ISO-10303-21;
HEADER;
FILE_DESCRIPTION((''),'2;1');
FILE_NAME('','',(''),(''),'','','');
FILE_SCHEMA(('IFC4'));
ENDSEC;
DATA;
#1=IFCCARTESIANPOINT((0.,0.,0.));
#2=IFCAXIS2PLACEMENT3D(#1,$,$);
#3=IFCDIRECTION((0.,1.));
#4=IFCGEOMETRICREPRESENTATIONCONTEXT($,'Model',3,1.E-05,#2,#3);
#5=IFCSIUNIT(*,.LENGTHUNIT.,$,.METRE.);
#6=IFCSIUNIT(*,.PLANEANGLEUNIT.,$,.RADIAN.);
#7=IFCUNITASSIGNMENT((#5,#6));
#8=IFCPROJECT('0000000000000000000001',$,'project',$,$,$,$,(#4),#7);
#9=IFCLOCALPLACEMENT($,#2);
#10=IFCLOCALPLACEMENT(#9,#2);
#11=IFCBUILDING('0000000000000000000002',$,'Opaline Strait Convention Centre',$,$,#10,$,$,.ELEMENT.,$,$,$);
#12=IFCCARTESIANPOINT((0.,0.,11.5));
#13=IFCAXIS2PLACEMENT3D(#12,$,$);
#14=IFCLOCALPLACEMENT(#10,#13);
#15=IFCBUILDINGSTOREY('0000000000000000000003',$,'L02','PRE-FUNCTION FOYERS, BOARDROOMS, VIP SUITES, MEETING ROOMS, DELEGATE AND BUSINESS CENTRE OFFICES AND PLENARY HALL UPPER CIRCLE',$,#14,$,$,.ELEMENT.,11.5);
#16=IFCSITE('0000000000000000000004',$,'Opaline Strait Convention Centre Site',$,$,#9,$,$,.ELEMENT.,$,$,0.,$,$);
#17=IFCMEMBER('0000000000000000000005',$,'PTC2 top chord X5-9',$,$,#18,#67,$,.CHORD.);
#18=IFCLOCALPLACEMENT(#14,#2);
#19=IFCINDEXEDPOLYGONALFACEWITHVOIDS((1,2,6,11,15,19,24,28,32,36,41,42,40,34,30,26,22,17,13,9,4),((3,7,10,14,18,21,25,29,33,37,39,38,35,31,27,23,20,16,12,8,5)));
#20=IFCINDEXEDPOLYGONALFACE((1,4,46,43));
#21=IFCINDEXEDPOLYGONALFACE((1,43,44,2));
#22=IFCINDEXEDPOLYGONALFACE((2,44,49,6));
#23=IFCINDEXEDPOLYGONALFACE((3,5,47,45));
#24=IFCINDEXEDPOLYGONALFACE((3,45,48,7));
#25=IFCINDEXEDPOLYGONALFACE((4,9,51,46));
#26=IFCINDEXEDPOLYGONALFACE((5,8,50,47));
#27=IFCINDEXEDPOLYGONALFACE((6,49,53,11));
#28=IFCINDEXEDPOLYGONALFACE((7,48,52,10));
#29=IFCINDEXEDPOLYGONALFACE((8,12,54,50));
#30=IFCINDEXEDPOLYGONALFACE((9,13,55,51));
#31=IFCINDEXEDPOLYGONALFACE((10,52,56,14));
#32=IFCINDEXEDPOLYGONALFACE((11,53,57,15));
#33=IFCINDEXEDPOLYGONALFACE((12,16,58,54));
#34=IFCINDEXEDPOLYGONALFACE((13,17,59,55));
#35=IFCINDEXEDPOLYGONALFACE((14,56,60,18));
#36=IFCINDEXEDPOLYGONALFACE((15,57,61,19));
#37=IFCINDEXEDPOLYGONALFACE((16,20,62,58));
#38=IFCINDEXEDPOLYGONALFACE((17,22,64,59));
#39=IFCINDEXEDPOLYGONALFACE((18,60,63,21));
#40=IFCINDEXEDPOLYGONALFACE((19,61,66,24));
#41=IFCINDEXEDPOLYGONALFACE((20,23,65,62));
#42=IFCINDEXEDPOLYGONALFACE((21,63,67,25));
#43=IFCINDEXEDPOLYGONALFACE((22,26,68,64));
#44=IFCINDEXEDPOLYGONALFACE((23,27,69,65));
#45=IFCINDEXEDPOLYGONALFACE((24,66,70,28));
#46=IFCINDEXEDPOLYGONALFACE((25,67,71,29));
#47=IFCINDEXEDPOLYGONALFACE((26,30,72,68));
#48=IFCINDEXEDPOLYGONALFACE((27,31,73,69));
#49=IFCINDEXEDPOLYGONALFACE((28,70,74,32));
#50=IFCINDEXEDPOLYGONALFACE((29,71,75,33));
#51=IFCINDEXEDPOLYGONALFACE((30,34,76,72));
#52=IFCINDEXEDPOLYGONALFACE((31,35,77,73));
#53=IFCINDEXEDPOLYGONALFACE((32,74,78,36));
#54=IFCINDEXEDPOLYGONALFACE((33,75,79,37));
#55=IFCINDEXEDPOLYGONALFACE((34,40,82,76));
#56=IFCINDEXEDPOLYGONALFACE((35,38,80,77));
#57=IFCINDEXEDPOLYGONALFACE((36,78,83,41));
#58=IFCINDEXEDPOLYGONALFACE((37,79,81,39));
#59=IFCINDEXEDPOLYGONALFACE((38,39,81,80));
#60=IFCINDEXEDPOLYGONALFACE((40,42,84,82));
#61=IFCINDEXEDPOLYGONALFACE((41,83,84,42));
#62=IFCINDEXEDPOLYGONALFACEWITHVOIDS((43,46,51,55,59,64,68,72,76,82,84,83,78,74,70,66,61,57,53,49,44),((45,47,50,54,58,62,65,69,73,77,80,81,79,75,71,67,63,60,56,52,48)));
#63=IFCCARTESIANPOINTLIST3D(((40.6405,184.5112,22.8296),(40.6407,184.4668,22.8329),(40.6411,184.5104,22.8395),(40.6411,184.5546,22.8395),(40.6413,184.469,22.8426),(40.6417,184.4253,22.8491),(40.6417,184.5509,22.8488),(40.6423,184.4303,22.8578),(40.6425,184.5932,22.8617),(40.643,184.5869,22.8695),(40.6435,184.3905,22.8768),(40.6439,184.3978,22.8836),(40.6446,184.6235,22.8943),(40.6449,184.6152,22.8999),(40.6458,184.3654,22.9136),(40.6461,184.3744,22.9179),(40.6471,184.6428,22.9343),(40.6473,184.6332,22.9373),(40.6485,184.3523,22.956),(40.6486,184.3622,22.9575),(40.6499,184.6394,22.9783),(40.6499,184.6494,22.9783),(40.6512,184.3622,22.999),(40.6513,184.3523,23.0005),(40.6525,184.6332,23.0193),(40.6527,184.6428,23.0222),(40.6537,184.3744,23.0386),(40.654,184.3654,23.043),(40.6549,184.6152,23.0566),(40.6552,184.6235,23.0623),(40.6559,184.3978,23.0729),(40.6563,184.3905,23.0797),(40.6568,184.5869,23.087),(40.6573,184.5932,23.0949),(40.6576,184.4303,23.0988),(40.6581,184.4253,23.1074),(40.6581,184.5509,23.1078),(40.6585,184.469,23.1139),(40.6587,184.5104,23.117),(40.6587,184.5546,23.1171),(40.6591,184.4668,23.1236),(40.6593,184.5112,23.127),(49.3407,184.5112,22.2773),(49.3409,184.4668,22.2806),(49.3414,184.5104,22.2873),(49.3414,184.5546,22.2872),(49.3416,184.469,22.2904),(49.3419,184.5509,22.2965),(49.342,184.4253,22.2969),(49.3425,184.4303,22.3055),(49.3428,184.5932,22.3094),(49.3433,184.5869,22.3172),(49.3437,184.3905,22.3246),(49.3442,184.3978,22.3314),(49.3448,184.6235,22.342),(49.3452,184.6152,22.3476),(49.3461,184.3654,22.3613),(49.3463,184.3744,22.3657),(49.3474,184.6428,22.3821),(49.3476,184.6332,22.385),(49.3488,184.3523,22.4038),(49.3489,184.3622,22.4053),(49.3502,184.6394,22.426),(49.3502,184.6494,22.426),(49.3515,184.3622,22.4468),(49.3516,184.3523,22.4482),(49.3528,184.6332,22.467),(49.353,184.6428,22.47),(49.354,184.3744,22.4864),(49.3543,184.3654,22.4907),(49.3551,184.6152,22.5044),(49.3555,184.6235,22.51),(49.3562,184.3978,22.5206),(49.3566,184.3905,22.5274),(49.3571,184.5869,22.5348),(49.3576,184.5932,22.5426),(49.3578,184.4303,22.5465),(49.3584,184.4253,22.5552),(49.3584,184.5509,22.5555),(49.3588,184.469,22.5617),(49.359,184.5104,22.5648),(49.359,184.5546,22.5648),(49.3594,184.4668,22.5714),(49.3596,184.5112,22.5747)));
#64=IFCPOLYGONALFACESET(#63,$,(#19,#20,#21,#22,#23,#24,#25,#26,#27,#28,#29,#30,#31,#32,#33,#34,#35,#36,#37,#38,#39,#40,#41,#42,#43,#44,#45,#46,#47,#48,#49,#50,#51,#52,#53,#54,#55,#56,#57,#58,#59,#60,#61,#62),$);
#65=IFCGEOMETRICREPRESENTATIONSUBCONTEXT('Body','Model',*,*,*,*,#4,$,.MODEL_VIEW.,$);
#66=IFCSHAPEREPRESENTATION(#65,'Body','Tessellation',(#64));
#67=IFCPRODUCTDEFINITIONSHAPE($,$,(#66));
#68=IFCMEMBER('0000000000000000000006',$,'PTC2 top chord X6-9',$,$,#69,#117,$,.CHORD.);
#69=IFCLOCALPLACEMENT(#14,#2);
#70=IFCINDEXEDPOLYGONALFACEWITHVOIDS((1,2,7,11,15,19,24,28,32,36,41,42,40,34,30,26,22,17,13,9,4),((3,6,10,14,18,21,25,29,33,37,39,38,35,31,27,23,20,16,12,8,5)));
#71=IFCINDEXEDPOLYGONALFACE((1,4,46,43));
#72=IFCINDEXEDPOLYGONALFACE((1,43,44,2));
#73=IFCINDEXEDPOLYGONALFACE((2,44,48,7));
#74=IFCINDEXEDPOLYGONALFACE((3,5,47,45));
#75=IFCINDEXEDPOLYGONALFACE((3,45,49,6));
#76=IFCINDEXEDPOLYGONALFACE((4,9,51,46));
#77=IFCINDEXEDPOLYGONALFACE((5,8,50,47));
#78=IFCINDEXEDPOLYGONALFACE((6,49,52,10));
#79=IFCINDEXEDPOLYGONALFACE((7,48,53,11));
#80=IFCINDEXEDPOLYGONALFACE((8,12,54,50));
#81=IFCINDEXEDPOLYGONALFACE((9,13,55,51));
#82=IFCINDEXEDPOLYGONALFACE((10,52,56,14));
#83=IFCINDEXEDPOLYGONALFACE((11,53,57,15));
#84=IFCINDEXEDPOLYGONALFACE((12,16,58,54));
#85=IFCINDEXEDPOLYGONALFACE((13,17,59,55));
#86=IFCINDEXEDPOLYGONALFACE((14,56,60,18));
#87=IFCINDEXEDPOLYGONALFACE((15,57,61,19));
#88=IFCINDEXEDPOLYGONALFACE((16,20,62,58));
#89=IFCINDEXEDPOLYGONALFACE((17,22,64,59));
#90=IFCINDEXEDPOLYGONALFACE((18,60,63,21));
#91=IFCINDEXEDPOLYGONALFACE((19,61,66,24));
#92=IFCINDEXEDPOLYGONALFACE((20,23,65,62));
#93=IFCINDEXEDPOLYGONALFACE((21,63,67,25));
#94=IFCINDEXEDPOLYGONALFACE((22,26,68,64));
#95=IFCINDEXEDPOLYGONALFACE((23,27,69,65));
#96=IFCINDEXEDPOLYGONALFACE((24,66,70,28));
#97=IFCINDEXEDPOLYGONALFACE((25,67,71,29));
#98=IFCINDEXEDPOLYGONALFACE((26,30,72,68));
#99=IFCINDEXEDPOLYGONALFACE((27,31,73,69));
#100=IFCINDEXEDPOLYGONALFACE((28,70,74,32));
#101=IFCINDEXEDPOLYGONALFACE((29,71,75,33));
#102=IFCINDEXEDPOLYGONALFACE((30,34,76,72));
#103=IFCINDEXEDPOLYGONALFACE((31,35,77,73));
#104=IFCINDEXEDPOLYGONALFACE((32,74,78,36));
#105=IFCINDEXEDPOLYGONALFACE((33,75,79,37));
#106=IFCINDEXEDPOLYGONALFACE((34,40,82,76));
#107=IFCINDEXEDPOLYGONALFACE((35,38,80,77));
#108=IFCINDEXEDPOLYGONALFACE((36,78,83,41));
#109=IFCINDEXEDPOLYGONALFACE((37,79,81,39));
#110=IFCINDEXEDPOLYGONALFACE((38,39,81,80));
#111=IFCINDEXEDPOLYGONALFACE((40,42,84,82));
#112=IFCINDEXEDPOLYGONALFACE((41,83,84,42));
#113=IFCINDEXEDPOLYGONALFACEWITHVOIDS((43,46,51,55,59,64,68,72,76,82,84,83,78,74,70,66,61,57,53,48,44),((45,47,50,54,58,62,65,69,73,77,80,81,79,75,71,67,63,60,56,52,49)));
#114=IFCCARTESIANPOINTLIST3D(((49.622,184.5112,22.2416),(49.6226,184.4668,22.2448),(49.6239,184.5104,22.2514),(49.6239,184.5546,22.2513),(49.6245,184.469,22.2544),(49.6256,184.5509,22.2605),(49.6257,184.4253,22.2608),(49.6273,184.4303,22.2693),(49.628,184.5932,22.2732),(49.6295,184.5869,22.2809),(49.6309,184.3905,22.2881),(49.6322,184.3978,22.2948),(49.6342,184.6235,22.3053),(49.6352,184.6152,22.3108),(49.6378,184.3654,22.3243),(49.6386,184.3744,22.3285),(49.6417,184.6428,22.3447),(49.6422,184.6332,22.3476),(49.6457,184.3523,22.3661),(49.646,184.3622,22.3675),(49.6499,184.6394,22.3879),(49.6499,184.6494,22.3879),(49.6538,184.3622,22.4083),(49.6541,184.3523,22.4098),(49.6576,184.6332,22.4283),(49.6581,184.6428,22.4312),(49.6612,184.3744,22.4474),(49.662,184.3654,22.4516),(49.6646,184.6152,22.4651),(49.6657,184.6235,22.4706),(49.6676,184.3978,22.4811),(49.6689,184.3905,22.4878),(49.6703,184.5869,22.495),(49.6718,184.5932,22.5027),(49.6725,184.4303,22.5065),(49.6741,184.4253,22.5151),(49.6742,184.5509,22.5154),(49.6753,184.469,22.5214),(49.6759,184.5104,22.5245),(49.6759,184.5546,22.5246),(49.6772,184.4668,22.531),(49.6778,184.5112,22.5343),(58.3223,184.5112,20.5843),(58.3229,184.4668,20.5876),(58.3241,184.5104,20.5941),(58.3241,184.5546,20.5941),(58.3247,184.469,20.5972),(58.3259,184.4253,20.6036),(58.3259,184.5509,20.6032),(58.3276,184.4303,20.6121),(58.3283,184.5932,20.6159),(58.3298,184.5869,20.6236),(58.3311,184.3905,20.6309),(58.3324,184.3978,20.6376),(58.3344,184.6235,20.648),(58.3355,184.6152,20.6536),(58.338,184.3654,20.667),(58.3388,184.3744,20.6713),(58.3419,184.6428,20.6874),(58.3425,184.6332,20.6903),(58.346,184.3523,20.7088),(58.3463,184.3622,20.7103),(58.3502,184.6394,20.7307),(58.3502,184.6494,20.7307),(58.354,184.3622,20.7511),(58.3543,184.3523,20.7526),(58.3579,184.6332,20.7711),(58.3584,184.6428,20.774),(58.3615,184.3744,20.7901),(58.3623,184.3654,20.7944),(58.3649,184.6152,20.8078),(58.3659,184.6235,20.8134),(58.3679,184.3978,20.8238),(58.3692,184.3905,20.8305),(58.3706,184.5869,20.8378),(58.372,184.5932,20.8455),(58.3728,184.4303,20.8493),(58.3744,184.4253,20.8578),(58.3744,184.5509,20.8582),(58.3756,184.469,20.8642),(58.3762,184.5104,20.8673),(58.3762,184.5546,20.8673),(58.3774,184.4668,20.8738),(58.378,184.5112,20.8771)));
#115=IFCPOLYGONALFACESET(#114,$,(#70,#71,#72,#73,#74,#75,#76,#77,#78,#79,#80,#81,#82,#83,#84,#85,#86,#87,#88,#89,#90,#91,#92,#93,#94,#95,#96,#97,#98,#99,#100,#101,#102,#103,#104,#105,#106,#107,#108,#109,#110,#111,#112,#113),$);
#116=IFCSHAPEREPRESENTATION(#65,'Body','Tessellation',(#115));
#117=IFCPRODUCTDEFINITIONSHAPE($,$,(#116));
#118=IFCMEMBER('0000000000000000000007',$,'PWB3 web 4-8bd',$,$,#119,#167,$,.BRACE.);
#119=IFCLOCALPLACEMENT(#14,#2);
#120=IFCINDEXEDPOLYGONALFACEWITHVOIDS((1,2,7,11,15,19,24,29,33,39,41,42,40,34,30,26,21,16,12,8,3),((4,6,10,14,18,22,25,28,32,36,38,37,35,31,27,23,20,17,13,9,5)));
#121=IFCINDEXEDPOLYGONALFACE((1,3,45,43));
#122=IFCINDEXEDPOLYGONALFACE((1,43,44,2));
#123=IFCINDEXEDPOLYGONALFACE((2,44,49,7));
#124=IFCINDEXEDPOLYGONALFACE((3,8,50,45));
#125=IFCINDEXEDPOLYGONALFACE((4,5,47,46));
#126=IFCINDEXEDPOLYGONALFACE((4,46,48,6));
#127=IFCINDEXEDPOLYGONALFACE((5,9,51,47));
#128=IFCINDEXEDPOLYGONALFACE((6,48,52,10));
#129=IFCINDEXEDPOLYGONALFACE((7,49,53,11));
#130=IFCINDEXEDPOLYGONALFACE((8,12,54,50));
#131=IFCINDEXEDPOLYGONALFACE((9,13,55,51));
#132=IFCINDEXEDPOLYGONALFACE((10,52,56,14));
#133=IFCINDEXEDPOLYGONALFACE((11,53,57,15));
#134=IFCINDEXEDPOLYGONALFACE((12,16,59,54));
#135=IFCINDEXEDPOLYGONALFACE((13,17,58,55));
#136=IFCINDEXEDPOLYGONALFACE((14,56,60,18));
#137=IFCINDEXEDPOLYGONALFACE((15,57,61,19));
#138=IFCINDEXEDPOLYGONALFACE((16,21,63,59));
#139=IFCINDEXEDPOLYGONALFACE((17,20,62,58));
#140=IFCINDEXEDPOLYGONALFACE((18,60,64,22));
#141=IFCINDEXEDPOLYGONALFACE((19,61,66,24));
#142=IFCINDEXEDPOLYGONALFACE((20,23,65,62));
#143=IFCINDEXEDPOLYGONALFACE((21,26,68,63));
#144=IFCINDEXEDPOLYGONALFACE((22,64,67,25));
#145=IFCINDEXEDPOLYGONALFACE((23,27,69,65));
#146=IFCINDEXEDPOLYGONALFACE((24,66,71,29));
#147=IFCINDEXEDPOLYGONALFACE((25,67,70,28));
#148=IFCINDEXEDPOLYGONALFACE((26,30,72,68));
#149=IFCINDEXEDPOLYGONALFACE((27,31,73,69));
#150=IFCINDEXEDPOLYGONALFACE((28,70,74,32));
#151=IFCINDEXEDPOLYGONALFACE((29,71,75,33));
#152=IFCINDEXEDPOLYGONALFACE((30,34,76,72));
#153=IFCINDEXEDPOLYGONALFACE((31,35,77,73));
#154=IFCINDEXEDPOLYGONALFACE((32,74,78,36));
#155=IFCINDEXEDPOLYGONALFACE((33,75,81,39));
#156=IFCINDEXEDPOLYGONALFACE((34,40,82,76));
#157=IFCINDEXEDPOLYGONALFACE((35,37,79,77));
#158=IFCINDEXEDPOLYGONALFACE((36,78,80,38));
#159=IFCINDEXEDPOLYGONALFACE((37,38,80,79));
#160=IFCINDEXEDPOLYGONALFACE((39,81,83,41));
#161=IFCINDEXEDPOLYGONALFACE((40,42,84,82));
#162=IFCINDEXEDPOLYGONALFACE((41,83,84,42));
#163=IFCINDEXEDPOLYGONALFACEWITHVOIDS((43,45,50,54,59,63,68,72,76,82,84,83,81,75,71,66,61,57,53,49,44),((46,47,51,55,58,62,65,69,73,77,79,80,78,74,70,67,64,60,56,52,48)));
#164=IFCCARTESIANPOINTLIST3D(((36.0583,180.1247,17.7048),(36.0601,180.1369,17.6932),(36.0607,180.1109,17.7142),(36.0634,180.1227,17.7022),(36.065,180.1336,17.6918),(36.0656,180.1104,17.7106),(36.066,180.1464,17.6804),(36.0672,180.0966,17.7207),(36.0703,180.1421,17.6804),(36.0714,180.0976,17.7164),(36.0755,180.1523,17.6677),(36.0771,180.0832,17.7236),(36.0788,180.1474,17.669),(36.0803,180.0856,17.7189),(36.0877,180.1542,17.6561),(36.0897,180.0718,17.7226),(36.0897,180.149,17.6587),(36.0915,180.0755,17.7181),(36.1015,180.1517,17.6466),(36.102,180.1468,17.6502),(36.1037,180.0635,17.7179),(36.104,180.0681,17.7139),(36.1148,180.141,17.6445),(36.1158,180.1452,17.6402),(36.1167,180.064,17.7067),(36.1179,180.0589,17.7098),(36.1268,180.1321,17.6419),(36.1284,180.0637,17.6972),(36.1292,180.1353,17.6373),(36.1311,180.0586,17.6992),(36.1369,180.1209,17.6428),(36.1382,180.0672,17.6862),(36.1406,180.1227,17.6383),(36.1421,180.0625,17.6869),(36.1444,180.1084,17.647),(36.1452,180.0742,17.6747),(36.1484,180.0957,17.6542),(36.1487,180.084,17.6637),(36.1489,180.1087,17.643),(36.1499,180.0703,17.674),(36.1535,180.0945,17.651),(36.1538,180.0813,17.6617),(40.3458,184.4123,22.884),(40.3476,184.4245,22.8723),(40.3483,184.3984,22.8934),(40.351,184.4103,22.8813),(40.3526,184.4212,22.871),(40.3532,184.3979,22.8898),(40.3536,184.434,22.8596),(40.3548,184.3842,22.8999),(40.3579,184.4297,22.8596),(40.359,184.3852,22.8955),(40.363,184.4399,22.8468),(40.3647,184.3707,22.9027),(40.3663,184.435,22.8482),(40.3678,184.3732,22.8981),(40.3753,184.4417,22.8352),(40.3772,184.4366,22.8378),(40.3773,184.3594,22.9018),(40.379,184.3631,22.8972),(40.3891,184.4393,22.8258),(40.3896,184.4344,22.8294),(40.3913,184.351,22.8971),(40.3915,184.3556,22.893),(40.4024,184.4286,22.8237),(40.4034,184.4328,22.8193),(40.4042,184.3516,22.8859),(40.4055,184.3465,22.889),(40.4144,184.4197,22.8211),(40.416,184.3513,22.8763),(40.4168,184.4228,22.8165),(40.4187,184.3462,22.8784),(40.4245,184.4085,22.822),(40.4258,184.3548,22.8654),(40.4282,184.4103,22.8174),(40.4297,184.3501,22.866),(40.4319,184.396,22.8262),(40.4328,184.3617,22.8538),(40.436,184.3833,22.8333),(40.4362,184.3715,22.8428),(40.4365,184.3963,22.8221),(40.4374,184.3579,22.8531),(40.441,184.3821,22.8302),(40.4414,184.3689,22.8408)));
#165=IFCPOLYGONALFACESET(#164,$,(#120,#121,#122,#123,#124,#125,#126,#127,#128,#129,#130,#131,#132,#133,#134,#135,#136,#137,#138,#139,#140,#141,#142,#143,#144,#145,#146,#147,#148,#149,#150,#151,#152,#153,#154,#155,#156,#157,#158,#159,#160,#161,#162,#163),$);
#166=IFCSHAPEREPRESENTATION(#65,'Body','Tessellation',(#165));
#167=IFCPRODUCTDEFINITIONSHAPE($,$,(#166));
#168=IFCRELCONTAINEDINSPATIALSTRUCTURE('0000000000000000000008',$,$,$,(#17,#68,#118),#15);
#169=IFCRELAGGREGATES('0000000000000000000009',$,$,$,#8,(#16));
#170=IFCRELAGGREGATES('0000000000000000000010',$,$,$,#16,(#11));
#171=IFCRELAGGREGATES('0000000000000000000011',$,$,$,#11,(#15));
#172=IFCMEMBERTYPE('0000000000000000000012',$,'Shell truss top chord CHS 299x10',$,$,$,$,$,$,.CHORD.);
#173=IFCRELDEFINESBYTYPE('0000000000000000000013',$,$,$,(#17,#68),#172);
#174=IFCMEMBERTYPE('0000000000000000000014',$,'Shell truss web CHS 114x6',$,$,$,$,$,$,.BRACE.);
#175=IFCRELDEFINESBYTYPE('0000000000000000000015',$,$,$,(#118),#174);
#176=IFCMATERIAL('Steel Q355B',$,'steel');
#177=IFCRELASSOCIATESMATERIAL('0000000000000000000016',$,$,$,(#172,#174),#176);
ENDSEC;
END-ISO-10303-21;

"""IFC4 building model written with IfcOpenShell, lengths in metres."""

from ifc_helpers import new_model, si_unit, direction, frame, origin, origin_2d, place, context, subcontext, project, spatial, hollow_circle, extrude, material, material_profile, profile_set, type_object, element, save


model = new_model("IFC4")

# Units and contexts
model_context = context("Model", 3, precision=1e-05, world=origin(), true_north=direction((0.0, 1.0)))
body_context = subcontext(model_context, "Body", "Model", "MODEL_VIEW")
ifc_project = project(units=[si_unit("LENGTHUNIT", "METRE"), si_unit("PLANEANGLEUNIT", "RADIAN")], contexts=[model_context])

# Site, building, storey
site_placement = place(None, origin())
site = spatial("IfcSite", under=ifc_project, at=site_placement, Name="Opaline Strait Convention Centre Site", CompositionType="ELEMENT", RefElevation=0.0)
building_placement = place(site_placement, origin())
building = spatial("IfcBuilding", under=site, at=building_placement, Name="Opaline Strait Convention Centre", CompositionType="ELEMENT")
storey_placement = place(building_placement, frame((0.0, 0.0, 11.5)))
storey = spatial("IfcBuildingStorey", under=building, at=storey_placement, Name="L02", Description="PRE-FUNCTION FOYERS, BOARDROOMS, VIP SUITES, MEETING ROOMS, DELEGATE AND BUSINESS CENTRE OFFICES AND PLENARY HALL UPPER CIRCLE", CompositionType="ELEMENT", Elevation=11.5)

# Members
ifc_material_1 = material(Name="Steel Q355B", Category="steel")
ifc_material_profile_1 = material_profile(ifc_material_1, hollow_circle(Radius=0.1494, WallThickness=0.01, at=origin_2d()), Name="CHS 299x10")
ifc_profile_set_1 = profile_set([ifc_material_profile_1], Name="Steel Q355B")
member_type_1 = type_object("IfcMemberType", Name="Shell truss top chord CHS 299x10", PredefinedType="CHORD", material=ifc_profile_set_1)
member_1_placement = place(storey_placement, frame((40.6499, 184.5, 22.9783), z_axis=(0.997992, 0.0, -0.063348), x_axis=(0.0, 1.0, 0.0)))
element("IfcMember", 1, at=member_1_placement, inside=storey, type_object=member_type_1, Name="PTC2 top chord X5-9", PredefinedType="CHORD", context=body_context, shape_type="SweptSolid", body=[
    extrude(hollow_circle(Radius=0.1494, WallThickness=0.01, at=origin_2d()), origin(), (0.0, 0.0, 1.0), 8.7178),
])
member_2_placement = place(storey_placement, frame((49.6499, 184.5, 22.3879), z_axis=(0.982338, 0.0, -0.187117), x_axis=(0.0, 1.0, 0.0)))
element("IfcMember", 2, at=member_2_placement, inside=storey, type_object=member_type_1, Name="PTC2 top chord X6-9", PredefinedType="CHORD", context=body_context, shape_type="SweptSolid", body=[
    extrude(hollow_circle(Radius=0.1494, WallThickness=0.01, at=origin_2d()), origin(), (0.0, 0.0, 1.0), 8.8567),
])
ifc_material_profile_2 = material_profile(ifc_material_1, hollow_circle(Radius=0.0569, WallThickness=0.0061, at=origin_2d()), Name="CHS 114x6")
ifc_profile_set_2 = profile_set([ifc_material_profile_2], Name="Steel Q355B")
member_type_2 = type_object("IfcMemberType", Name="Shell truss web CHS 114x6", PredefinedType="BRACE", material=ifc_profile_set_2)
for number, where, z_axis, x_axis, name in (
    (3, (36.1062, 180.1062, 17.6804), (0.53767, 0.53767, 0.649478), (-0.707107, 0.707107, 0.0), "PWB3 web 4-8bd"),
):
    element("IfcMember", number, at=place(storey_placement, frame(where, z_axis=z_axis, x_axis=x_axis)), inside=storey, type_object=member_type_2, Name=name, PredefinedType="BRACE", context=body_context, shape_type="SweptSolid", body=[
        extrude(hollow_circle(Radius=0.0569, WallThickness=0.0061, at=origin_2d()), origin(), (0.0, 0.0, 1.0), 7.9744),
    ])

save(model, "model.ifc")
